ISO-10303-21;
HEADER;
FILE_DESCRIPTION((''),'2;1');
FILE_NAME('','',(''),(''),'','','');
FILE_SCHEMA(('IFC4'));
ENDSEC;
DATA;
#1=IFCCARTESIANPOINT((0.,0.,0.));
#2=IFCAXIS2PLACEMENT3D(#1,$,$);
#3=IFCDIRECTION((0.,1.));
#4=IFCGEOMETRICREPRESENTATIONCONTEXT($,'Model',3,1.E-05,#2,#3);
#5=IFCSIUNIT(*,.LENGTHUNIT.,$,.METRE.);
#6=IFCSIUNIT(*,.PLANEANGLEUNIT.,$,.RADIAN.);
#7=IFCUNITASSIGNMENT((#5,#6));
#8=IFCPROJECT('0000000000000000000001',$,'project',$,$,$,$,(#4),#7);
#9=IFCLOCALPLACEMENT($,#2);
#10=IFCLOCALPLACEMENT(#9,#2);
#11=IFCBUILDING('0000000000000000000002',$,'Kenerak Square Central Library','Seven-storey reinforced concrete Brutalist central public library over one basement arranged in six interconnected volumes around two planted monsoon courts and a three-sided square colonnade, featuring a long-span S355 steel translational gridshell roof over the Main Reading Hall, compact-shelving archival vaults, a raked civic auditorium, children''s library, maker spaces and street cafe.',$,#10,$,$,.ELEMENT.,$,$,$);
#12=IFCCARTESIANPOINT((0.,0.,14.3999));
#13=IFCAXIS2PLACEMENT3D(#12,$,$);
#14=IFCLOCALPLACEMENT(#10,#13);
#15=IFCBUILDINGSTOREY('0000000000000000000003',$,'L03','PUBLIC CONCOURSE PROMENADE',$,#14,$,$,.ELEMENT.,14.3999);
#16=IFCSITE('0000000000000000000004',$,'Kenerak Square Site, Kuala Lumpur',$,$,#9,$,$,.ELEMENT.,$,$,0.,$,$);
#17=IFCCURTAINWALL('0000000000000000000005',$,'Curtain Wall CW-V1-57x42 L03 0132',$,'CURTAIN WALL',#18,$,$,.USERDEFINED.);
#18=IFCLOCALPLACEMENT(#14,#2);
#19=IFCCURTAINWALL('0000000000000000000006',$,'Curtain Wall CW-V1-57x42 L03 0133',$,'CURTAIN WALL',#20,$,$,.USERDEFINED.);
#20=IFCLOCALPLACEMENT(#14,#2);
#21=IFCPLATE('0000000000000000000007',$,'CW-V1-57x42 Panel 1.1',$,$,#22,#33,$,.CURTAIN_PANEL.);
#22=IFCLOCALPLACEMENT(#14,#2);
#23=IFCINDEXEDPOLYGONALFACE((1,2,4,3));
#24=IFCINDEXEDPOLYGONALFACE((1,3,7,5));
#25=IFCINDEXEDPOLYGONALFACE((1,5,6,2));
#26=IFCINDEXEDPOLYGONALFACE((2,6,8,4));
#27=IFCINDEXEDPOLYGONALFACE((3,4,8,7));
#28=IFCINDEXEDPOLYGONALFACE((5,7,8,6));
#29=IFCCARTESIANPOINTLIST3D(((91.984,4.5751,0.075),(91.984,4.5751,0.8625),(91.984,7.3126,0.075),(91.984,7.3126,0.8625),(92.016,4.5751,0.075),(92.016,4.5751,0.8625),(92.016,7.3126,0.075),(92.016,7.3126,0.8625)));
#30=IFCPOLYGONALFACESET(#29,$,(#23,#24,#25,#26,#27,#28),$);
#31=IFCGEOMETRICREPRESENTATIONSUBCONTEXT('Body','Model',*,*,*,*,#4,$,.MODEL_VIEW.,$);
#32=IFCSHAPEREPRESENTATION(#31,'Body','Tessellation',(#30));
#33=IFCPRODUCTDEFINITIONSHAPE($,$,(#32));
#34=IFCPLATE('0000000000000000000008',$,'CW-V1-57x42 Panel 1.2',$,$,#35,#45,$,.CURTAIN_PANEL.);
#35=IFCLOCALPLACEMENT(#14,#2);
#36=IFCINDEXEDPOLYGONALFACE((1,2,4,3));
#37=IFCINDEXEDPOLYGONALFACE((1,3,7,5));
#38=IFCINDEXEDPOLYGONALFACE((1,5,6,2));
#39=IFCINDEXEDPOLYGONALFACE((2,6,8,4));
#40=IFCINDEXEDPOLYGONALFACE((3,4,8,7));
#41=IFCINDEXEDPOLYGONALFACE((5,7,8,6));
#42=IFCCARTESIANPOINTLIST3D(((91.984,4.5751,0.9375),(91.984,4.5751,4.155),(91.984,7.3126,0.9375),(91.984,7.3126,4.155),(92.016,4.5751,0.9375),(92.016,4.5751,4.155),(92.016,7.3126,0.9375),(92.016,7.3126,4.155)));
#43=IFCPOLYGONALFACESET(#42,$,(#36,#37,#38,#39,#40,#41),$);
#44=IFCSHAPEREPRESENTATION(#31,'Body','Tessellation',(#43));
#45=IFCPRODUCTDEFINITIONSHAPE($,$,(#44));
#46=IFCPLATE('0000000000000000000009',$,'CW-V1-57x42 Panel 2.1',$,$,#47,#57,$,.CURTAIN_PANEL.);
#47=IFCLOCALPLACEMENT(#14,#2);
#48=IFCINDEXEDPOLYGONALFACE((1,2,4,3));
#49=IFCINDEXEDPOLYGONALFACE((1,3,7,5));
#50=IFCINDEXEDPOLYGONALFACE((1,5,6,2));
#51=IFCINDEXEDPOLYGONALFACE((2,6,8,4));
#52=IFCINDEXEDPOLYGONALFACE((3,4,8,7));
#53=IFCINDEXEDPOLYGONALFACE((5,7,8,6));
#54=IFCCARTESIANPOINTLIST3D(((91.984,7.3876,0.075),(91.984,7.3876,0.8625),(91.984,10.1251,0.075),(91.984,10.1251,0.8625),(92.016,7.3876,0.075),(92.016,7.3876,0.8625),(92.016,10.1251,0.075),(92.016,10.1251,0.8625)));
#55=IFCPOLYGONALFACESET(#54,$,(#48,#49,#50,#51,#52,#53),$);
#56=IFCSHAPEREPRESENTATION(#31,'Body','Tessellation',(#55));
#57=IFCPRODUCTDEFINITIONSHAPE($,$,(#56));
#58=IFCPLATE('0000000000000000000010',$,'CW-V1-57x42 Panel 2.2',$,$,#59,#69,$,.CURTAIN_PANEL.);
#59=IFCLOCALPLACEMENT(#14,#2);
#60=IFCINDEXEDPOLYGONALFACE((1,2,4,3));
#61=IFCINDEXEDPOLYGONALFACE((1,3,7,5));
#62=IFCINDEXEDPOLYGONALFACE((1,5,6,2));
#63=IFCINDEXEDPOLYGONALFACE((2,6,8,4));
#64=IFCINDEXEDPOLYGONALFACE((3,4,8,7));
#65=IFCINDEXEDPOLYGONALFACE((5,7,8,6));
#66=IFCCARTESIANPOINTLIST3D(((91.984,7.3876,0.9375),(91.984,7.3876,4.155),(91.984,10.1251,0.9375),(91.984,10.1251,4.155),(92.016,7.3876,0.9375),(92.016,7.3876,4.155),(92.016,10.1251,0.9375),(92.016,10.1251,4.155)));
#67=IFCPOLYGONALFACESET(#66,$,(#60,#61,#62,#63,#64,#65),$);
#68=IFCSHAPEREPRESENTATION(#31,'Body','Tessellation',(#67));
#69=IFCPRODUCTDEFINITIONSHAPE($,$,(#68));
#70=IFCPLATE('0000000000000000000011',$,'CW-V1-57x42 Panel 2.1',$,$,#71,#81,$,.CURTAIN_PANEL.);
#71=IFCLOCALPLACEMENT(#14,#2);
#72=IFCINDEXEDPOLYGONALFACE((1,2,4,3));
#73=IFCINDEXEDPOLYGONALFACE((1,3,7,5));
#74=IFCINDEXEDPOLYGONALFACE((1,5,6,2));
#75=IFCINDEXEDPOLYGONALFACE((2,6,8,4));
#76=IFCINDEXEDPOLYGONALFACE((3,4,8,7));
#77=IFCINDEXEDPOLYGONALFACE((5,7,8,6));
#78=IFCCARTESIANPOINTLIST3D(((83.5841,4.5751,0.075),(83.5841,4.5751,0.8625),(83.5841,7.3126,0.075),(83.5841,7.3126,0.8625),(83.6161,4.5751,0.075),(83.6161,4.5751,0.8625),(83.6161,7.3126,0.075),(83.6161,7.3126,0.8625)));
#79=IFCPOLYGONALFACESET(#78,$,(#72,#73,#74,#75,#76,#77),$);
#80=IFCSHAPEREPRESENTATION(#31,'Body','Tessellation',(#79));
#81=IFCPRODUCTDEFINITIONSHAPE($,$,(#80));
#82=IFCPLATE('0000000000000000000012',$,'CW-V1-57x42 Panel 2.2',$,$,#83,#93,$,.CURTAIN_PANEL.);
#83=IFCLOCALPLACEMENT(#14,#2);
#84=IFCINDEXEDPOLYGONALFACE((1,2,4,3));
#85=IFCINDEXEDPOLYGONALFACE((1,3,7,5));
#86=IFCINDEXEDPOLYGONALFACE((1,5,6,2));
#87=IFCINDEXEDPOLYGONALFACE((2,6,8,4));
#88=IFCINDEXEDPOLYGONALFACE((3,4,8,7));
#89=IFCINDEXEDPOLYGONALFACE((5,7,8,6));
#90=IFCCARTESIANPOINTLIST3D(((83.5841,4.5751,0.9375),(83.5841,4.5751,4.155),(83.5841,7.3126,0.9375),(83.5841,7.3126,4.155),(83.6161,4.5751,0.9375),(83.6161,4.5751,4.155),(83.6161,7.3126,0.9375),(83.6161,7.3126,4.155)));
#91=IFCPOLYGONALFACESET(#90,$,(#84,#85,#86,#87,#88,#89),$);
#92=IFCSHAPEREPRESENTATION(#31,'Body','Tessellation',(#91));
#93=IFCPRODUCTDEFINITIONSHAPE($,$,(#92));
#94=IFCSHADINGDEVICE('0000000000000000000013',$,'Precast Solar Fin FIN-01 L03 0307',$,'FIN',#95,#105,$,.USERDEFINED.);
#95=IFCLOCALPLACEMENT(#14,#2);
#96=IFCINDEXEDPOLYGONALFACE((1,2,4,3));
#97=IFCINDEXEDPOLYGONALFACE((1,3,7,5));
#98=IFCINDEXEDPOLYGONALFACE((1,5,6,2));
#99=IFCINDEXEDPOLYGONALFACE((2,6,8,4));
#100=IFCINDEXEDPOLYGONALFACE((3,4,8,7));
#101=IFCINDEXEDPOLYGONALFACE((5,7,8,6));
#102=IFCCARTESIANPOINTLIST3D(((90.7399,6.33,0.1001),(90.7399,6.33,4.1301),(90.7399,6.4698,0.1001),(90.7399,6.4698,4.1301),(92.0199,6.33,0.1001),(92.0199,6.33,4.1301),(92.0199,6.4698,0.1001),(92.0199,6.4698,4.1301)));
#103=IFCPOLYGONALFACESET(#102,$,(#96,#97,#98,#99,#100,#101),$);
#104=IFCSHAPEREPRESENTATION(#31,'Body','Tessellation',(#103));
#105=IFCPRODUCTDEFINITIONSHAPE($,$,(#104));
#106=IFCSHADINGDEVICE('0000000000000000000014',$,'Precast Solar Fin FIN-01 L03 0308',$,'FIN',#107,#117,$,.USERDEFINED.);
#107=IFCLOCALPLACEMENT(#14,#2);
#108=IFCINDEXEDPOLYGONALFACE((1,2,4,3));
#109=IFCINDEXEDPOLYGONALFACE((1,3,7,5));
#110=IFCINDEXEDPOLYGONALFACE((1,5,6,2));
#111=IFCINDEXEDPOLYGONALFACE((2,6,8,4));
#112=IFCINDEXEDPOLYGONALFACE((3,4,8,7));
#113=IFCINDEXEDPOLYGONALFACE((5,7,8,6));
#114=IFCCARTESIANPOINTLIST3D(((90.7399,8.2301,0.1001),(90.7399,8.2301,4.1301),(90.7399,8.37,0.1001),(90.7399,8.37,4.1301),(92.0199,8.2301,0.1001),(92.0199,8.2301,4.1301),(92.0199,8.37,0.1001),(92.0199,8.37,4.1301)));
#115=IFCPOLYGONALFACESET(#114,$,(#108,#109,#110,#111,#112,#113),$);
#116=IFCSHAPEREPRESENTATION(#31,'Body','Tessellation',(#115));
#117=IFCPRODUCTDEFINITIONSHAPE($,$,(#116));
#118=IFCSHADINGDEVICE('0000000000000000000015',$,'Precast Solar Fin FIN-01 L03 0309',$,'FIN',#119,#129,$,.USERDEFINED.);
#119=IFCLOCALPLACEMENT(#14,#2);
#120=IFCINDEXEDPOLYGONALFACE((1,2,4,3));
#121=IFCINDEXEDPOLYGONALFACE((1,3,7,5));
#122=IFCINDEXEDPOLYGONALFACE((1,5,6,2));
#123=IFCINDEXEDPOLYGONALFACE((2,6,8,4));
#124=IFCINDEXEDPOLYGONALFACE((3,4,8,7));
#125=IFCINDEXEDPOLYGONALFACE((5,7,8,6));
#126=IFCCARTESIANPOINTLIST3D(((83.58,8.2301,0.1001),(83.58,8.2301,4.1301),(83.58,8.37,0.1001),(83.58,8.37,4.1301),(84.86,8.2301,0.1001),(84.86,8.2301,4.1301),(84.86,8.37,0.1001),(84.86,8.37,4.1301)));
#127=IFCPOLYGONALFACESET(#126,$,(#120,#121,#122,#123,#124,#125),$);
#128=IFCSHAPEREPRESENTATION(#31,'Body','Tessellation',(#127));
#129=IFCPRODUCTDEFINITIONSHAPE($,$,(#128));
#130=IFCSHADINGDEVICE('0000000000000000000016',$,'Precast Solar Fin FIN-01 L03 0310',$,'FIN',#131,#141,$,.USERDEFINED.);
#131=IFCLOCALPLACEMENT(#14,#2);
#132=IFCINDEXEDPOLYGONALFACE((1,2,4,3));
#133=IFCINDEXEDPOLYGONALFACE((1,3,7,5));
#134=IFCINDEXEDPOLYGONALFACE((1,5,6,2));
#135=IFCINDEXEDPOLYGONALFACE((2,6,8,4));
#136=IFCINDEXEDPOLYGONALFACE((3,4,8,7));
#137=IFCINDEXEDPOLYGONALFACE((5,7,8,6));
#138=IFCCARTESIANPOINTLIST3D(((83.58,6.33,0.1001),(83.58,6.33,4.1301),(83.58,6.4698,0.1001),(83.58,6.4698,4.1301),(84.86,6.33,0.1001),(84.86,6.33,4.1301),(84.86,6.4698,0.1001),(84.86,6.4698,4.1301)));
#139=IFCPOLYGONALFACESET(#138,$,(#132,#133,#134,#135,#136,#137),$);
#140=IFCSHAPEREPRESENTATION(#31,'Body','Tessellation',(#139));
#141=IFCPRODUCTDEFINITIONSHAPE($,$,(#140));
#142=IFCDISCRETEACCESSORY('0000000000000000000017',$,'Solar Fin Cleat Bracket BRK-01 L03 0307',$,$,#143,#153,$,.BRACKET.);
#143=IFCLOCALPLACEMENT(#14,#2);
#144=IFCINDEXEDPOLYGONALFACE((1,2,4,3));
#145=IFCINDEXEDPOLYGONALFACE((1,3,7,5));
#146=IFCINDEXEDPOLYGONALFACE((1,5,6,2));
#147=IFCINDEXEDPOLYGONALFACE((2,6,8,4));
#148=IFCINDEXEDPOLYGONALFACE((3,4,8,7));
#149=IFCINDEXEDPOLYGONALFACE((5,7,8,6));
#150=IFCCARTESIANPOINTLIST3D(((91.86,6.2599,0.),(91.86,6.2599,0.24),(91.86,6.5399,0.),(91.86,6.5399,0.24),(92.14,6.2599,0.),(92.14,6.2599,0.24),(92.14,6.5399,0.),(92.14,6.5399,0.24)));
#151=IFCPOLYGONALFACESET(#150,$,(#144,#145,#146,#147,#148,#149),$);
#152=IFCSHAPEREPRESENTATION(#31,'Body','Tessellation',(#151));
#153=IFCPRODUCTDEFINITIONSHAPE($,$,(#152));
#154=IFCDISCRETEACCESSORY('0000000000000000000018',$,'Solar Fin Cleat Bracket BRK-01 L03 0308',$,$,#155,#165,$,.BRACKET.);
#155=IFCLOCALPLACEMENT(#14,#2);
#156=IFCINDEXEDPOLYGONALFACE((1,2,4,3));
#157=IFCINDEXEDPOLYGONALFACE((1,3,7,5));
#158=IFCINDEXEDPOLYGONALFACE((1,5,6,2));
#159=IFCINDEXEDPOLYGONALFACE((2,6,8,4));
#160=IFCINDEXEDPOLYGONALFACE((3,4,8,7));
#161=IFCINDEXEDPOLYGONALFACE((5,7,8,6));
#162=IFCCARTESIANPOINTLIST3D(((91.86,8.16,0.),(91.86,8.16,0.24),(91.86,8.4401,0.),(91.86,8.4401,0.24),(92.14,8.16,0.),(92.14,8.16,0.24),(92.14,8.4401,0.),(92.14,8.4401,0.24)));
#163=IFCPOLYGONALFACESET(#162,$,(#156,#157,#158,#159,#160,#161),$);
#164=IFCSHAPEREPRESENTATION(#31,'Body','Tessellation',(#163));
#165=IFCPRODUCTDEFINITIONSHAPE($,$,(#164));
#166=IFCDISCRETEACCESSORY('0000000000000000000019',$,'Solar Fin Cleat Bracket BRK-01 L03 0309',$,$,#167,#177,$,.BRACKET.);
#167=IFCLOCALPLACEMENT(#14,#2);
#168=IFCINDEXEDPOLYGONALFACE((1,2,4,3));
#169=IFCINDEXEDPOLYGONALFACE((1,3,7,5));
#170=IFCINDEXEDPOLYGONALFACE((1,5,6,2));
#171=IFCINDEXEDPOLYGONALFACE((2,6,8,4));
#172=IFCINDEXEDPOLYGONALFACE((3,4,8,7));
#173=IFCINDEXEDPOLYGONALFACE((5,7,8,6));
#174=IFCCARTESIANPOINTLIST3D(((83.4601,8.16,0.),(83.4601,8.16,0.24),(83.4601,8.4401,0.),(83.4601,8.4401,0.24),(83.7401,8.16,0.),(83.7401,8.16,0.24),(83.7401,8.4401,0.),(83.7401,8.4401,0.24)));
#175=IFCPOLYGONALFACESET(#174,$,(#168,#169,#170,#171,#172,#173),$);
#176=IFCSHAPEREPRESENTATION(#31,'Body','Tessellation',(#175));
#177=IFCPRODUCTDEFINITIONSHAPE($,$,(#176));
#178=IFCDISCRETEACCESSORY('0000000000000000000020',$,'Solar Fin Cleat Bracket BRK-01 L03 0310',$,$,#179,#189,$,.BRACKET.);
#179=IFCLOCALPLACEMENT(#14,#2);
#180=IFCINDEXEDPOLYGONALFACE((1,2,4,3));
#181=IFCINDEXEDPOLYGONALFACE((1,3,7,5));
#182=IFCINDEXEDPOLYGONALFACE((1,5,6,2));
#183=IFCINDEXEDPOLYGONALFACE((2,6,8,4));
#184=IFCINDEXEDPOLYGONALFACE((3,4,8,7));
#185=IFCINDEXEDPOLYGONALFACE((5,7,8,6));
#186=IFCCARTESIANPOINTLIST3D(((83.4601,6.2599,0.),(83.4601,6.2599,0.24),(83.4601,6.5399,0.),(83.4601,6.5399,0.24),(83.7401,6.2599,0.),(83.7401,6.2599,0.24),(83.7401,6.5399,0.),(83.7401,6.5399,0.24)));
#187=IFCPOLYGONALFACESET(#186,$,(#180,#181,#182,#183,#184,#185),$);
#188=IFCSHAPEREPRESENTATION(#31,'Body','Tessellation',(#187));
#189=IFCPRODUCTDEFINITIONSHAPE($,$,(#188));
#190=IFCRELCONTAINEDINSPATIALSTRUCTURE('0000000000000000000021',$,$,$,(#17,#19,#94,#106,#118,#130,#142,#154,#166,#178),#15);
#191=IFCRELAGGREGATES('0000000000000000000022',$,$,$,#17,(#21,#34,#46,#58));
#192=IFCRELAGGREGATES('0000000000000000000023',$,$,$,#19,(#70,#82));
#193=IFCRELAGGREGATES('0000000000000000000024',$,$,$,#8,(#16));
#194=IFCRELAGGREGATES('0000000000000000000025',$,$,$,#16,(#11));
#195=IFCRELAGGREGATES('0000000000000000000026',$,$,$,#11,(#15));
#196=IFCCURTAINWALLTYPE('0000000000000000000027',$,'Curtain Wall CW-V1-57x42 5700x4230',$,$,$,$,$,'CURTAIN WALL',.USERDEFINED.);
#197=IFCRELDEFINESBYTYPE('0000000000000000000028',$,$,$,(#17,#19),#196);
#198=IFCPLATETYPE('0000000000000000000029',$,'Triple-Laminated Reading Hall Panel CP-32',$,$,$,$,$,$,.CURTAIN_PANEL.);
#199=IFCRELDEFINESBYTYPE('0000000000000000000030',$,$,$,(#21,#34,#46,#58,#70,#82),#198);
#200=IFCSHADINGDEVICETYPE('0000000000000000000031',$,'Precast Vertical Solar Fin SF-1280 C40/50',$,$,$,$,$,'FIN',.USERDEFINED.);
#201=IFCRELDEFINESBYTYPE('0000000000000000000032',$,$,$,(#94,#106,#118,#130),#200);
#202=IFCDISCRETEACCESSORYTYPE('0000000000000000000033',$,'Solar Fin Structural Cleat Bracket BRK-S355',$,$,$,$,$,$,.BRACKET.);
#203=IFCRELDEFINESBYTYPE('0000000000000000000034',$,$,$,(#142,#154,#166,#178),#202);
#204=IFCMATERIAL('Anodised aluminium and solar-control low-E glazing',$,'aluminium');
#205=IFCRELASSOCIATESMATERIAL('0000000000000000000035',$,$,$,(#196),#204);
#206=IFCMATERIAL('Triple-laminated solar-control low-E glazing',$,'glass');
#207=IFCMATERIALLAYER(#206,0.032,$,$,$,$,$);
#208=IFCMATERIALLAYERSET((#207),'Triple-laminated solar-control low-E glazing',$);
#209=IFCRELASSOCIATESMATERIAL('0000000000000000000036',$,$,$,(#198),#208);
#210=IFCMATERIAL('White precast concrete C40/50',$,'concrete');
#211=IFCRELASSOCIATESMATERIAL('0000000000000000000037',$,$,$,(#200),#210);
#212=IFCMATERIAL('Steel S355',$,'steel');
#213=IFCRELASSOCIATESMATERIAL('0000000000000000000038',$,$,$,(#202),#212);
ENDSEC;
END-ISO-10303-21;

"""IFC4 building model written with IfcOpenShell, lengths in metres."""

from ifc_helpers import new_model, si_unit, direction, frame, origin, origin_2d, place, context, subcontext, project, spatial, rectangle, extrude, material, layer, layer_set, type_object, element, aggregate, save


model = new_model("IFC4")

# Units and contexts
model_context = context("Model", 3, precision=1e-05, world=origin(), true_north=direction((0.0, 1.0)))
body_context = subcontext(model_context, "Body", "Model", "MODEL_VIEW")
ifc_project = project(units=[si_unit("LENGTHUNIT", "METRE"), si_unit("PLANEANGLEUNIT", "RADIAN")], contexts=[model_context])

# Site, building, storey
site_placement = place(None, origin())
site = spatial("IfcSite", under=ifc_project, at=site_placement, Name="Kenerak Square Site, Kuala Lumpur", CompositionType="ELEMENT", RefElevation=0.0)
building_placement = place(site_placement, origin())
building = spatial("IfcBuilding", under=site, at=building_placement, Name="Kenerak Square Central Library", Description="Seven-storey reinforced concrete Brutalist central public library over one basement arranged in six interconnected volumes around two planted monsoon courts and a three-sided square colonnade, featuring a long-span S355 steel translational gridshell roof over the Main Reading Hall, compact-shelving archival vaults, a raked civic auditorium, children's library, maker spaces and street cafe.", CompositionType="ELEMENT")
storey_placement = place(building_placement, frame((0.0, 0.0, 14.3999)))
storey = spatial("IfcBuildingStorey", under=building, at=storey_placement, Name="L03", Description="PUBLIC CONCOURSE PROMENADE", CompositionType="ELEMENT", Elevation=14.3999)

# Curtain wall
ifc_material_1 = material(Name="Anodised aluminium and solar-control low-E glazing", Category="aluminium")
curtain_wall_type = type_object("IfcCurtainWallType", Name="Curtain Wall CW-V1-57x42 5700x4230", ElementType="CURTAIN WALL", PredefinedType="USERDEFINED", material=ifc_material_1)
curtain_wall_1_placement = place(storey_placement, origin())
curtain_wall_1 = element("IfcCurtainWall", 1, at=curtain_wall_1_placement, inside=storey, type_object=curtain_wall_type, Name="Curtain Wall CW-V1-57x42 L03 0132", ObjectType="CURTAIN WALL", PredefinedType="USERDEFINED")

# Curtain wall
curtain_wall_2_placement = place(storey_placement, origin())
curtain_wall_2 = element("IfcCurtainWall", 2, at=curtain_wall_2_placement, inside=storey, type_object=curtain_wall_type, Name="Curtain Wall CW-V1-57x42 L03 0133", ObjectType="CURTAIN WALL", PredefinedType="USERDEFINED")

# Shared definitions
ifc_material_2 = material(Name="Steel S355", Category="steel")

# Plates
ifc_material_3 = material(Name="Triple-laminated solar-control low-E glazing", Category="glass")
ifc_layer_1 = layer(ifc_material_3, 0.032)
ifc_layer_set_1 = layer_set([ifc_layer_1], Name="Triple-laminated solar-control low-E glazing")
plate_type_1 = type_object("IfcPlateType", Name="Triple-Laminated Reading Hall Panel CP-32", PredefinedType="CURTAIN_PANEL", material=ifc_layer_set_1)
plate_1_placement = place(storey_placement, frame((92.0, 5.9438, 0.075), z_axis=(0.0, 0.0, 1.0), x_axis=(0.0, 1.0, 0.0)))
plate_1 = element("IfcPlate", 3, at=plate_1_placement, type_object=plate_type_1, Name="CW-V1-57x42 Panel 1.1", PredefinedType="CURTAIN_PANEL", context=body_context, shape_type="SweptSolid", body=[
    extrude(rectangle(XDim=2.7375, YDim=0.032, at=origin_2d()), origin(), (0.0, 0.0, 1.0), 0.7876),
])
plate_2_placement = place(storey_placement, frame((92.0, 5.9438, 0.9375), z_axis=(0.0, 0.0, 1.0), x_axis=(0.0, 1.0, 0.0)))
plate_2 = element("IfcPlate", 4, at=plate_2_placement, type_object=plate_type_1, Name="CW-V1-57x42 Panel 1.2", PredefinedType="CURTAIN_PANEL", context=body_context, shape_type="SweptSolid", body=[
    extrude(rectangle(XDim=2.7375, YDim=0.032, at=origin_2d()), origin(), (0.0, 0.0, 1.0), 3.2175),
])
plate_3_placement = place(storey_placement, frame((92.0, 8.7563, 0.075), z_axis=(0.0, 0.0, 1.0), x_axis=(0.0, 1.0, 0.0)))
plate_3 = element("IfcPlate", 5, at=plate_3_placement, type_object=plate_type_1, Name="CW-V1-57x42 Panel 2.1", PredefinedType="CURTAIN_PANEL", context=body_context, shape_type="SweptSolid", body=[
    extrude(rectangle(XDim=2.7375, YDim=0.032, at=origin_2d()), origin(), (0.0, 0.0, 1.0), 0.7876),
])
plate_4_placement = place(storey_placement, frame((92.0, 8.7563, 0.9375), z_axis=(0.0, 0.0, 1.0), x_axis=(0.0, 1.0, 0.0)))
plate_4 = element("IfcPlate", 6, at=plate_4_placement, type_object=plate_type_1, Name="CW-V1-57x42 Panel 2.2", PredefinedType="CURTAIN_PANEL", context=body_context, shape_type="SweptSolid", body=[
    extrude(rectangle(XDim=2.7375, YDim=0.032, at=origin_2d()), origin(), (0.0, 0.0, 1.0), 3.2175),
])
aggregate(curtain_wall_1, [plate_1, plate_2, plate_3, plate_4])
plate_5_placement = place(storey_placement, frame((83.6001, 5.9438, 0.075), z_axis=(0.0, 0.0, 1.0), x_axis=(0.0, -1.0, 0.0)))
plate_5 = element("IfcPlate", 7, at=plate_5_placement, type_object=plate_type_1, Name="CW-V1-57x42 Panel 2.1", PredefinedType="CURTAIN_PANEL", context=body_context, shape_type="SweptSolid", body=[
    extrude(rectangle(XDim=2.7375, YDim=0.032, at=origin_2d()), origin(), (0.0, 0.0, 1.0), 0.7876),
])
plate_6_placement = place(storey_placement, frame((83.6001, 5.9438, 0.9375), z_axis=(0.0, 0.0, 1.0), x_axis=(0.0, -1.0, 0.0)))
plate_6 = element("IfcPlate", 8, at=plate_6_placement, type_object=plate_type_1, Name="CW-V1-57x42 Panel 2.2", PredefinedType="CURTAIN_PANEL", context=body_context, shape_type="SweptSolid", body=[
    extrude(rectangle(XDim=2.7375, YDim=0.032, at=origin_2d()), origin(), (0.0, 0.0, 1.0), 3.2175),
])
aggregate(curtain_wall_2, [plate_5, plate_6])

# Shading devices
ifc_material_4 = material(Name="White precast concrete C40/50", Category="concrete")
shading_device_type = type_object("IfcShadingDeviceType", Name="Precast Vertical Solar Fin SF-1280 C40/50", ElementType="FIN", PredefinedType="USERDEFINED", material=ifc_material_4)
for number, where, z_axis, x_axis, name in (
    (9, (91.3799, 6.3999, 0.1001), (0.0, 0.0, 1.0), (0.0, 1.0, 0.0), "Precast Solar Fin FIN-01 L03 0307"),
    (10, (91.3799, 8.3, 0.1001), (0.0, 0.0, 1.0), (0.0, 1.0, 0.0), "Precast Solar Fin FIN-01 L03 0308"),
    (11, (84.22, 8.3, 0.1001), (0.0, 0.0, 1.0), (0.0, -1.0, 0.0), "Precast Solar Fin FIN-01 L03 0309"),
    (12, (84.22, 6.3999, 0.1001), (0.0, 0.0, 1.0), (0.0, -1.0, 0.0), "Precast Solar Fin FIN-01 L03 0310"),
):
    element("IfcShadingDevice", number, at=place(storey_placement, frame(where, z_axis=z_axis, x_axis=x_axis)), inside=storey, type_object=shading_device_type, Name=name, ObjectType="FIN", PredefinedType="USERDEFINED", context=body_context, shape_type="SweptSolid", body=[
        extrude(rectangle(XDim=0.1399, YDim=1.28, at=origin_2d()), origin(), (0.0, 0.0, 1.0), 4.03),
    ])

# Discrete accessories
discrete_accessory_type = type_object("IfcDiscreteAccessoryType", Name="Solar Fin Structural Cleat Bracket BRK-S355", PredefinedType="BRACKET", material=ifc_material_2)
for number, where, z_axis, x_axis, name in (
    (13, (92.0, 6.3999, 0.0), (0.0, 0.0, 1.0), (0.0, 1.0, 0.0), "Solar Fin Cleat Bracket BRK-01 L03 0307"),
    (14, (92.0, 8.3, 0.0), (0.0, 0.0, 1.0), (0.0, 1.0, 0.0), "Solar Fin Cleat Bracket BRK-01 L03 0308"),
    (15, (83.6001, 8.3, 0.0), (0.0, 0.0, 1.0), (0.0, -1.0, 0.0), "Solar Fin Cleat Bracket BRK-01 L03 0309"),
    (16, (83.6001, 6.3999, 0.0), (0.0, 0.0, 1.0), (0.0, -1.0, 0.0), "Solar Fin Cleat Bracket BRK-01 L03 0310"),
):
    element("IfcDiscreteAccessory", number, at=place(storey_placement, frame(where, z_axis=z_axis, x_axis=x_axis)), inside=storey, type_object=discrete_accessory_type, Name=name, PredefinedType="BRACKET", context=body_context, shape_type="SweptSolid", body=[
        extrude(rectangle(XDim=0.28, YDim=0.28, at=origin_2d()), origin(), (0.0, 0.0, 1.0), 0.24),
    ])

save(model, "model.ifc")
